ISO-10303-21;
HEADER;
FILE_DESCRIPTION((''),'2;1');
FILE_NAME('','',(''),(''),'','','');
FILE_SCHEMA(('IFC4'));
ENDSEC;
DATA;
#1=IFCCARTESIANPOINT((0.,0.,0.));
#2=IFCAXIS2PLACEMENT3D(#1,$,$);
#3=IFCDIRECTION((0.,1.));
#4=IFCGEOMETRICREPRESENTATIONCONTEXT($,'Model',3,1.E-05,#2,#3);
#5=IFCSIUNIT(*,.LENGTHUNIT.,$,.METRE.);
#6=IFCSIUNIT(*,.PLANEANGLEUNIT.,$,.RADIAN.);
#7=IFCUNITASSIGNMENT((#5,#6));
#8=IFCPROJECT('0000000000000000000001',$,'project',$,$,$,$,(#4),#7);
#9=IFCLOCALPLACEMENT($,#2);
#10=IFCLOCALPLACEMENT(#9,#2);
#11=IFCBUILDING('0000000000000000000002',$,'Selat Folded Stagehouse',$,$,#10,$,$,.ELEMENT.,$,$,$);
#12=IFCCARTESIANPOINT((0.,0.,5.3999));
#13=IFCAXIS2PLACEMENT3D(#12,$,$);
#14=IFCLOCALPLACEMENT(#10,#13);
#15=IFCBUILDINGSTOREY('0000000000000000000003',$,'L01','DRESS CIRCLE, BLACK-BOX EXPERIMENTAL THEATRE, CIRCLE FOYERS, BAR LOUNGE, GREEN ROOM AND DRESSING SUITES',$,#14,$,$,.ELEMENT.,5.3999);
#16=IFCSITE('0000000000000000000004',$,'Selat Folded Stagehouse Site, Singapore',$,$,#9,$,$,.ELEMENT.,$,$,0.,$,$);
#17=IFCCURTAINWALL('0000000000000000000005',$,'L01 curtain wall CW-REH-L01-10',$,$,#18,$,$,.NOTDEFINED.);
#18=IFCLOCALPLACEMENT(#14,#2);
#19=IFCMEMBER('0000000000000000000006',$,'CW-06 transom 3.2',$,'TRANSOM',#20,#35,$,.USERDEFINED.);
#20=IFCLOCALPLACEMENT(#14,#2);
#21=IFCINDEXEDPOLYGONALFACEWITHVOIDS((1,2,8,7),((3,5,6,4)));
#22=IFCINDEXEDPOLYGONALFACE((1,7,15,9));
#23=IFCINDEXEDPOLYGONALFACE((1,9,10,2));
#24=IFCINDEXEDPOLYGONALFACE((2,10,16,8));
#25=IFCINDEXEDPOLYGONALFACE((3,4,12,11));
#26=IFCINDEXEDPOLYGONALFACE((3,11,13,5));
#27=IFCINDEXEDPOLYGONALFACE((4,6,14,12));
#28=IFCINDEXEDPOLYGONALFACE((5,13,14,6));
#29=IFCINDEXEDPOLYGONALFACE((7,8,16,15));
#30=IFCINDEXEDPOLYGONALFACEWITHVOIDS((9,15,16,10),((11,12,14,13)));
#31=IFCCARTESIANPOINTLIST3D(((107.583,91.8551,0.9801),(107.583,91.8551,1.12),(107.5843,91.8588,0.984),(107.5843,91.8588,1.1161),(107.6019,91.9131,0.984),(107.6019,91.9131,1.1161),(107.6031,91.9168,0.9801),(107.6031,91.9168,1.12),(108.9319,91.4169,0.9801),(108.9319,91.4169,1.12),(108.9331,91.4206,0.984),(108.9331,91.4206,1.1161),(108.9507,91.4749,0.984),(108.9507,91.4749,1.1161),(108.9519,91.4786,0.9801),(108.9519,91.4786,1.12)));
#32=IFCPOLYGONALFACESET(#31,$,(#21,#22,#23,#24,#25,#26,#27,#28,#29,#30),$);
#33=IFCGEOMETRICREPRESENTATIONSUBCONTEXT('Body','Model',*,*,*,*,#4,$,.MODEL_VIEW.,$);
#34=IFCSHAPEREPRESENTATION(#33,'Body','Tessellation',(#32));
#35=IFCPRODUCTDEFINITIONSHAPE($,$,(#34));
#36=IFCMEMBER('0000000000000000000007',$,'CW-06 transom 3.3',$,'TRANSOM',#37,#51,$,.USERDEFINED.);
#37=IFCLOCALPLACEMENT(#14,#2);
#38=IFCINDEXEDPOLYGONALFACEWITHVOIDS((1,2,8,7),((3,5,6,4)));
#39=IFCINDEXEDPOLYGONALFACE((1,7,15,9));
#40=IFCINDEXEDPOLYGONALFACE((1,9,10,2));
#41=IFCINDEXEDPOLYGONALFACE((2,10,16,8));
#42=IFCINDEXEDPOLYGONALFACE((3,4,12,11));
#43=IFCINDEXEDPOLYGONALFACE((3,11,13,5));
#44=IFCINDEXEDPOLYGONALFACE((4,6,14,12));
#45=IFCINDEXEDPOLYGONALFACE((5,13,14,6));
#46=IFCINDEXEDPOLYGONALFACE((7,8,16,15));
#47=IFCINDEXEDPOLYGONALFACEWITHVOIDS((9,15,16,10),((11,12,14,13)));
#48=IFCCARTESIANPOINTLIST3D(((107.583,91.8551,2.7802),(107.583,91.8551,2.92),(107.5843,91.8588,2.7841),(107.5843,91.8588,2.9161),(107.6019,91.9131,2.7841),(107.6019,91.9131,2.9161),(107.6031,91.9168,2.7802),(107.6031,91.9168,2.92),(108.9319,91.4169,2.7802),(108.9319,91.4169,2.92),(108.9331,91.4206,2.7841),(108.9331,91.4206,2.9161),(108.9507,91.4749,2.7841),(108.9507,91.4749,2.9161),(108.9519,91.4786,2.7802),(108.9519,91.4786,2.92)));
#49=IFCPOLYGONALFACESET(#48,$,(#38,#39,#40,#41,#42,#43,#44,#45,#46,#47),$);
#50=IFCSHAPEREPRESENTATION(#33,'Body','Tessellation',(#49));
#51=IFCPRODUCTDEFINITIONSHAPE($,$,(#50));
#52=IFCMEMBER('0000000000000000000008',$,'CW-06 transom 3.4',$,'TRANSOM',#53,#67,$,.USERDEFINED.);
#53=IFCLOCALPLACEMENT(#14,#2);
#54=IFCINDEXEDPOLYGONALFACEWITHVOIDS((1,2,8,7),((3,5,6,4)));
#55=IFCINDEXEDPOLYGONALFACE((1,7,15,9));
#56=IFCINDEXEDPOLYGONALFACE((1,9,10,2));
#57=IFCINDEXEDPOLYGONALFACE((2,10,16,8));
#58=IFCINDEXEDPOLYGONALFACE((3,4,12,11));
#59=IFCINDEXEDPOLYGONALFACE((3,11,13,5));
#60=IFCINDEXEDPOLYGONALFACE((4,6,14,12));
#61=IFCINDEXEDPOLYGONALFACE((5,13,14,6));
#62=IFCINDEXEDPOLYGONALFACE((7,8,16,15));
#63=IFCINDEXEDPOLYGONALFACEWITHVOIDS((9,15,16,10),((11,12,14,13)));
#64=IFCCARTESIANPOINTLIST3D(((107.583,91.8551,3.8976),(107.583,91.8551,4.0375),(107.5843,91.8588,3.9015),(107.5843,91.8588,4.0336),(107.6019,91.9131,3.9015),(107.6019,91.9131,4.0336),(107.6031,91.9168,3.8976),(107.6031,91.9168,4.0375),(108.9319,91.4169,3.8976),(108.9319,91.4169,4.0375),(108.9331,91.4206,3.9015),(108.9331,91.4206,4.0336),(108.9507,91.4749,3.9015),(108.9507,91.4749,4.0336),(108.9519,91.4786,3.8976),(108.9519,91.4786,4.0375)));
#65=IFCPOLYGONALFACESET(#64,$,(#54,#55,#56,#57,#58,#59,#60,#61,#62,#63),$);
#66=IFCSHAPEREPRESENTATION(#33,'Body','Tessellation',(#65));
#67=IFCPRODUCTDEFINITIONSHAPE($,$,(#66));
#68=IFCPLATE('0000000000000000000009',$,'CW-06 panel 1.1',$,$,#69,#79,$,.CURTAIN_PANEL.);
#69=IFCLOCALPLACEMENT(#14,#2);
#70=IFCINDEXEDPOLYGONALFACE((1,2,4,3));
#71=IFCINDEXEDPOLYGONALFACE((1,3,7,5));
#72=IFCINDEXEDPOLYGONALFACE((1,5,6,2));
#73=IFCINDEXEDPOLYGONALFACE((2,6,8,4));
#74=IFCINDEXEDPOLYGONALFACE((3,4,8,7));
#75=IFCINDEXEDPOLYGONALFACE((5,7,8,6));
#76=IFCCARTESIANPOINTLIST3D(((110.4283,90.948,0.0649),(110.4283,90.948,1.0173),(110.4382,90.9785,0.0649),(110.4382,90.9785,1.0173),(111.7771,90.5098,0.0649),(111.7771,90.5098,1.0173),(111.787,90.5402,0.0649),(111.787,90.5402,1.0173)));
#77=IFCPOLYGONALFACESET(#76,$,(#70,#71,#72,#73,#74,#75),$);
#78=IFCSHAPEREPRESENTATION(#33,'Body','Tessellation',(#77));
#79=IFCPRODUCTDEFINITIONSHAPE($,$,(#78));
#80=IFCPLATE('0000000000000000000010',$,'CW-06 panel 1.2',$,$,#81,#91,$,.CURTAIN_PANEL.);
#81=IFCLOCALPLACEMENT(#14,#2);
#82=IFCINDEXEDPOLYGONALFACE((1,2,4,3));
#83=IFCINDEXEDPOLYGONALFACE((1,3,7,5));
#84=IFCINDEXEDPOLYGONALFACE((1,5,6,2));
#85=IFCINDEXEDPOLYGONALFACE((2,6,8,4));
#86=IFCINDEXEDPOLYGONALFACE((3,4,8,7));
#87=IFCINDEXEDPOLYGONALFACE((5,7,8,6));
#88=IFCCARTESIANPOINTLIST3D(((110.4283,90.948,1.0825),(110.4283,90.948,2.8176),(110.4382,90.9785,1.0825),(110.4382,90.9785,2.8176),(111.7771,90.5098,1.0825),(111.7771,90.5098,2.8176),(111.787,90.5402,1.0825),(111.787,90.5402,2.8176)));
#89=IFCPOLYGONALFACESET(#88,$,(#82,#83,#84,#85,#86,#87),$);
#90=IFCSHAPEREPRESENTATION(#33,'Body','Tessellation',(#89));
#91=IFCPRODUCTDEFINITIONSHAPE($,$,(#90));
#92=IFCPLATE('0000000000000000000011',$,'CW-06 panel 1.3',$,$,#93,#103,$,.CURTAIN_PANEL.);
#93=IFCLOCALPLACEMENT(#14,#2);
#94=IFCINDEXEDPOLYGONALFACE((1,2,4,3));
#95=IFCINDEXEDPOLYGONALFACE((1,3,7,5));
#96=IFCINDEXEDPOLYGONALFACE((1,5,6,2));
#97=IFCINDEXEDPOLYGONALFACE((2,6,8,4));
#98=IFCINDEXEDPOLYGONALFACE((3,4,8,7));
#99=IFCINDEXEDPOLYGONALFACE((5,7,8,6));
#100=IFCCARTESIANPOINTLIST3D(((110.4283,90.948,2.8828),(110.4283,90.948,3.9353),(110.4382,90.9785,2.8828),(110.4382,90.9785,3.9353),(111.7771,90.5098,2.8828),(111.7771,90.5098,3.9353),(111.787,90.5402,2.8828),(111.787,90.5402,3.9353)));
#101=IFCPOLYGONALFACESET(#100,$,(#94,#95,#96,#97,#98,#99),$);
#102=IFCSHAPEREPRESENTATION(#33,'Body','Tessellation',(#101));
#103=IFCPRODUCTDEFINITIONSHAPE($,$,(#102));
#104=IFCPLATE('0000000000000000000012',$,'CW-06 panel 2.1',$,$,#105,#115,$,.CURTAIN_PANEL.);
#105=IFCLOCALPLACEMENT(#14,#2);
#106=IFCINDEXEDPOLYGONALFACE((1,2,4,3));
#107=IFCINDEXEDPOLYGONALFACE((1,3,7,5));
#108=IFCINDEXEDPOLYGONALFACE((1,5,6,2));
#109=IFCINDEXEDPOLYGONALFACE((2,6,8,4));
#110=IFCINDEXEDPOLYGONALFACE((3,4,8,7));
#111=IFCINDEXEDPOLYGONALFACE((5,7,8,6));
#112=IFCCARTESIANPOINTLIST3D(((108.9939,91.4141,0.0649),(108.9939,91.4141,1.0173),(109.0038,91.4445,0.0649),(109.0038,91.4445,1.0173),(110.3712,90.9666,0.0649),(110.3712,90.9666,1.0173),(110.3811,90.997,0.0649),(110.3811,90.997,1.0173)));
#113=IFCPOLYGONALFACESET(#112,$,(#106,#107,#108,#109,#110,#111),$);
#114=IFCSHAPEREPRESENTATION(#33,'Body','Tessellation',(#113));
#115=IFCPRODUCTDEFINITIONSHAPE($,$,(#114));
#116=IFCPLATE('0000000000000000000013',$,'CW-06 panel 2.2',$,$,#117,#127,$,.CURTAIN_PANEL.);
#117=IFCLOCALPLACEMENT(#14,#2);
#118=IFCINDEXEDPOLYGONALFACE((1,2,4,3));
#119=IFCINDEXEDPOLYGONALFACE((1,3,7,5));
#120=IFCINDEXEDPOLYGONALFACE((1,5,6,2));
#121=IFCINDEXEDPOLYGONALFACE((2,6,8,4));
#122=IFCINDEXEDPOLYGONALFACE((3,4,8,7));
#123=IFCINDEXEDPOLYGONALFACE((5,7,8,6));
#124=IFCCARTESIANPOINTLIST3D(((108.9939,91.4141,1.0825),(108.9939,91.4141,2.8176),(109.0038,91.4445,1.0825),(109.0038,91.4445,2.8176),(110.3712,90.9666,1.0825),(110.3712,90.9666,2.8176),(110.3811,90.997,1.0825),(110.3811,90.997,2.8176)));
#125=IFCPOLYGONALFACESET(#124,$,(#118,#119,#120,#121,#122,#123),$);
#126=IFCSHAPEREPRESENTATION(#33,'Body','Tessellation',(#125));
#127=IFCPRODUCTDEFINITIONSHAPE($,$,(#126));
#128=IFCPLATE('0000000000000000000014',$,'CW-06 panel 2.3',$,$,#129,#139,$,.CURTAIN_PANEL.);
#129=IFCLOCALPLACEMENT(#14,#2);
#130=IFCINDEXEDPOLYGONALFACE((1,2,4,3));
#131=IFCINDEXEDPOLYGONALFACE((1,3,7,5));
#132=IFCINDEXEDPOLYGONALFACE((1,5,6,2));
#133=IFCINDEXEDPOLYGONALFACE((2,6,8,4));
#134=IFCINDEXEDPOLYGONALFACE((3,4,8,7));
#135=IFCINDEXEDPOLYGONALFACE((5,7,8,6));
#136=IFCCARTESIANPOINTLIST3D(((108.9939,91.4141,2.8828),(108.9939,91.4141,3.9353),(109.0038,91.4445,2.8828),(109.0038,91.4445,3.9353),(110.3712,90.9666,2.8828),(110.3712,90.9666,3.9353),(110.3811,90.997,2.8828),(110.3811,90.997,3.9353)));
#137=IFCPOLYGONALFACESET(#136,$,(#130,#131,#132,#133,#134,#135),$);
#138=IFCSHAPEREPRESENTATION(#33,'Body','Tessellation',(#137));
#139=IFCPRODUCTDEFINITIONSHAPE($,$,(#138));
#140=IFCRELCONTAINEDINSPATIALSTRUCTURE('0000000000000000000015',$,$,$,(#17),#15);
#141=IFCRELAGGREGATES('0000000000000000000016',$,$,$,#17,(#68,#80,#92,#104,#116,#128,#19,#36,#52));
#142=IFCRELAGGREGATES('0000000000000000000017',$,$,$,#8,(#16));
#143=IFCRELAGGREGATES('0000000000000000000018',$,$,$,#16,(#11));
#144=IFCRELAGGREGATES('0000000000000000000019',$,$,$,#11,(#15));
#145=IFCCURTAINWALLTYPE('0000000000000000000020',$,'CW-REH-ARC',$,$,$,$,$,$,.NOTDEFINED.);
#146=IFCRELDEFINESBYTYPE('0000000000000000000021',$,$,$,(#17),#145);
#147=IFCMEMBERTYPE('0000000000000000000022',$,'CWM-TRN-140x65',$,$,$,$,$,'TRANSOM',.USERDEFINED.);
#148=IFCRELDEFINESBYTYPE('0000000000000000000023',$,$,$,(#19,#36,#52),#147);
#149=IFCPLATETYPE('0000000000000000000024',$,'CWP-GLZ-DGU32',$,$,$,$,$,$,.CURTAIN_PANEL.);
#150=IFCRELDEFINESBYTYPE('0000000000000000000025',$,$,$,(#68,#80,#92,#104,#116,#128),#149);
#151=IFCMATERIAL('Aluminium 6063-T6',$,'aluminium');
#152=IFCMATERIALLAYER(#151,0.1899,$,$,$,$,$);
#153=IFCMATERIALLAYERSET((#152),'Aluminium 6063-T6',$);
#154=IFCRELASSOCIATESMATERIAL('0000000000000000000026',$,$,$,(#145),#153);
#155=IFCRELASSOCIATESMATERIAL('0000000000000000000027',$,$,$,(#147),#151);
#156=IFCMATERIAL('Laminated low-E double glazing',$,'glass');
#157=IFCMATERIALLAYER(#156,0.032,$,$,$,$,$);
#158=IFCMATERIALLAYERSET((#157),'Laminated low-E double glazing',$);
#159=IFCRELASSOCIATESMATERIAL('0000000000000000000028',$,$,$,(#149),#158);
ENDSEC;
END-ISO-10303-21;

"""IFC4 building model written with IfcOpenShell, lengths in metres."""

from ifc_helpers import new_model, si_unit, direction, frame, origin, origin_2d, place, context, subcontext, project, spatial, rectangle, hollow_rectangle, extrude, material, layer, layer_set, material_profile, profile_set, type_object, element, aggregate, save


model = new_model("IFC4")

# Units and contexts
model_context = context("Model", 3, precision=1e-05, world=origin(), true_north=direction((0.0, 1.0)))
body_context = subcontext(model_context, "Body", "Model", "MODEL_VIEW")
ifc_project = project(units=[si_unit("LENGTHUNIT", "METRE"), si_unit("PLANEANGLEUNIT", "RADIAN")], contexts=[model_context])

# Site, building, storey
site_placement = place(None, origin())
site = spatial("IfcSite", under=ifc_project, at=site_placement, Name="Selat Folded Stagehouse Site, Singapore", CompositionType="ELEMENT", RefElevation=0.0)
building_placement = place(site_placement, origin())
building = spatial("IfcBuilding", under=site, at=building_placement, Name="Selat Folded Stagehouse", CompositionType="ELEMENT")
storey_placement = place(building_placement, frame((0.0, 0.0, 5.3999)))
storey = spatial("IfcBuildingStorey", under=building, at=storey_placement, Name="L01", Description="DRESS CIRCLE, BLACK-BOX EXPERIMENTAL THEATRE, CIRCLE FOYERS, BAR LOUNGE, GREEN ROOM AND DRESSING SUITES", CompositionType="ELEMENT", Elevation=5.3999)

# Curtain wall, members, plates
ifc_material_1 = material(Name="Aluminium 6063-T6", Category="aluminium")
ifc_layer_1 = layer(ifc_material_1, 0.1899)
ifc_layer_set_1 = layer_set([ifc_layer_1], Name="Aluminium 6063-T6")
curtain_wall_type = type_object("IfcCurtainWallType", Name="CW-REH-ARC", PredefinedType="NOTDEFINED", material=ifc_layer_set_1)
curtain_wall_placement = place(storey_placement, origin())
curtain_wall = element("IfcCurtainWall", 1, at=curtain_wall_placement, inside=storey, type_object=curtain_wall_type, Name="L01 curtain wall CW-REH-L01-10", PredefinedType="NOTDEFINED")
ifc_material_profile_1 = material_profile(ifc_material_1, hollow_rectangle(XDim=0.0649, YDim=0.1399, WallThickness=0.0039, at=origin_2d()), Name="ALU 140x65x4.0")
ifc_profile_set_1 = profile_set([ifc_material_profile_1], Name="Aluminium 6063-T6")
member_type_1 = type_object("IfcMemberType", Name="CWM-TRN-140x65", ElementType="TRANSOM", PredefinedType="USERDEFINED", material=ifc_profile_set_1)
member_1_placement = place(storey_placement, frame((108.9419, 91.4478, 1.05), z_axis=(-0.951066, 0.308989, 0.0), x_axis=(-0.308989, -0.951066, 0.0)))
member_1 = element("IfcMember", 2, at=member_1_placement, type_object=member_type_1, Name="CW-06 transom 3.2", ObjectType="TRANSOM", PredefinedType="USERDEFINED", context=body_context, shape_type="SweptSolid", body=[
    extrude(hollow_rectangle(XDim=0.0649, YDim=0.1399, WallThickness=0.0039, at=origin_2d()), origin(), (0.0, 0.0, 1.0), 1.4182),
])
member_2_placement = place(storey_placement, frame((108.9419, 91.4478, 2.8501), z_axis=(-0.951066, 0.308989, 0.0), x_axis=(-0.308989, -0.951066, 0.0)))
member_2 = element("IfcMember", 3, at=member_2_placement, type_object=member_type_1, Name="CW-06 transom 3.3", ObjectType="TRANSOM", PredefinedType="USERDEFINED", context=body_context, shape_type="SweptSolid", body=[
    extrude(hollow_rectangle(XDim=0.0649, YDim=0.1399, WallThickness=0.0039, at=origin_2d()), origin(), (0.0, 0.0, 1.0), 1.4182),
])
member_3_placement = place(storey_placement, frame((108.9419, 91.4478, 3.9675), z_axis=(-0.951066, 0.308989, 0.0), x_axis=(-0.308989, -0.951066, 0.0)))
member_3 = element("IfcMember", 4, at=member_3_placement, type_object=member_type_1, Name="CW-06 transom 3.4", ObjectType="TRANSOM", PredefinedType="USERDEFINED", context=body_context, shape_type="SweptSolid", body=[
    extrude(hollow_rectangle(XDim=0.0649, YDim=0.1399, WallThickness=0.0039, at=origin_2d()), origin(), (0.0, 0.0, 1.0), 1.4182),
])
ifc_material_2 = material(Name="Laminated low-E double glazing", Category="glass")
ifc_layer_2 = layer(ifc_material_2, 0.032)
ifc_layer_set_2 = layer_set([ifc_layer_2], Name="Laminated low-E double glazing")
plate_type = type_object("IfcPlateType", Name="CWP-GLZ-DGU32", PredefinedType="CURTAIN_PANEL", material=ifc_layer_set_2)
plate_1_placement = place(storey_placement, frame((111.1077, 90.7441, 0.0649), z_axis=(0.0, 0.0, 1.0), x_axis=(-0.951065, 0.308992, 0.0)))
plate_1 = element("IfcPlate", 5, at=plate_1_placement, type_object=plate_type, Name="CW-06 panel 1.1", PredefinedType="CURTAIN_PANEL", context=body_context, shape_type="SweptSolid", body=[
    extrude(rectangle(XDim=1.4182, YDim=0.032, at=origin_2d()), origin(), (0.0, 0.0, 1.0), 0.9524),
])
plate_2_placement = place(storey_placement, frame((111.1077, 90.7441, 1.0825), z_axis=(0.0, 0.0, 1.0), x_axis=(-0.951065, 0.308992, 0.0)))
plate_2 = element("IfcPlate", 6, at=plate_2_placement, type_object=plate_type, Name="CW-06 panel 1.2", PredefinedType="CURTAIN_PANEL", context=body_context, shape_type="SweptSolid", body=[
    extrude(rectangle(XDim=1.4182, YDim=0.032, at=origin_2d()), origin(), (0.0, 0.0, 1.0), 1.7351),
])
plate_3_placement = place(storey_placement, frame((111.1077, 90.7441, 2.8828), z_axis=(0.0, 0.0, 1.0), x_axis=(-0.951065, 0.308992, 0.0)))
plate_3 = element("IfcPlate", 7, at=plate_3_placement, type_object=plate_type, Name="CW-06 panel 1.3", PredefinedType="CURTAIN_PANEL", context=body_context, shape_type="SweptSolid", body=[
    extrude(rectangle(XDim=1.4182, YDim=0.032, at=origin_2d()), origin(), (0.0, 0.0, 1.0), 1.0525),
])
plate_4_placement = place(storey_placement, frame((109.6875, 91.2056, 0.0649), z_axis=(0.0, 0.0, 1.0), x_axis=(-0.951065, 0.308992, 0.0)))
plate_4 = element("IfcPlate", 8, at=plate_4_placement, type_object=plate_type, Name="CW-06 panel 2.1", PredefinedType="CURTAIN_PANEL", context=body_context, shape_type="SweptSolid", body=[
    extrude(rectangle(XDim=1.4482, YDim=0.032, at=origin_2d()), origin(), (0.0, 0.0, 1.0), 0.9524),
])
plate_5_placement = place(storey_placement, frame((109.6875, 91.2056, 1.0825), z_axis=(0.0, 0.0, 1.0), x_axis=(-0.951065, 0.308992, 0.0)))
plate_5 = element("IfcPlate", 9, at=plate_5_placement, type_object=plate_type, Name="CW-06 panel 2.2", PredefinedType="CURTAIN_PANEL", context=body_context, shape_type="SweptSolid", body=[
    extrude(rectangle(XDim=1.4482, YDim=0.032, at=origin_2d()), origin(), (0.0, 0.0, 1.0), 1.7351),
])
plate_6_placement = place(storey_placement, frame((109.6875, 91.2056, 2.8828), z_axis=(0.0, 0.0, 1.0), x_axis=(-0.951065, 0.308992, 0.0)))
plate_6 = element("IfcPlate", 10, at=plate_6_placement, type_object=plate_type, Name="CW-06 panel 2.3", PredefinedType="CURTAIN_PANEL", context=body_context, shape_type="SweptSolid", body=[
    extrude(rectangle(XDim=1.4482, YDim=0.032, at=origin_2d()), origin(), (0.0, 0.0, 1.0), 1.0525),
])
aggregate(curtain_wall, [plate_1, plate_2, plate_3, plate_4, plate_5, plate_6, member_1, member_2, member_3])

save(model, "model.ifc")
